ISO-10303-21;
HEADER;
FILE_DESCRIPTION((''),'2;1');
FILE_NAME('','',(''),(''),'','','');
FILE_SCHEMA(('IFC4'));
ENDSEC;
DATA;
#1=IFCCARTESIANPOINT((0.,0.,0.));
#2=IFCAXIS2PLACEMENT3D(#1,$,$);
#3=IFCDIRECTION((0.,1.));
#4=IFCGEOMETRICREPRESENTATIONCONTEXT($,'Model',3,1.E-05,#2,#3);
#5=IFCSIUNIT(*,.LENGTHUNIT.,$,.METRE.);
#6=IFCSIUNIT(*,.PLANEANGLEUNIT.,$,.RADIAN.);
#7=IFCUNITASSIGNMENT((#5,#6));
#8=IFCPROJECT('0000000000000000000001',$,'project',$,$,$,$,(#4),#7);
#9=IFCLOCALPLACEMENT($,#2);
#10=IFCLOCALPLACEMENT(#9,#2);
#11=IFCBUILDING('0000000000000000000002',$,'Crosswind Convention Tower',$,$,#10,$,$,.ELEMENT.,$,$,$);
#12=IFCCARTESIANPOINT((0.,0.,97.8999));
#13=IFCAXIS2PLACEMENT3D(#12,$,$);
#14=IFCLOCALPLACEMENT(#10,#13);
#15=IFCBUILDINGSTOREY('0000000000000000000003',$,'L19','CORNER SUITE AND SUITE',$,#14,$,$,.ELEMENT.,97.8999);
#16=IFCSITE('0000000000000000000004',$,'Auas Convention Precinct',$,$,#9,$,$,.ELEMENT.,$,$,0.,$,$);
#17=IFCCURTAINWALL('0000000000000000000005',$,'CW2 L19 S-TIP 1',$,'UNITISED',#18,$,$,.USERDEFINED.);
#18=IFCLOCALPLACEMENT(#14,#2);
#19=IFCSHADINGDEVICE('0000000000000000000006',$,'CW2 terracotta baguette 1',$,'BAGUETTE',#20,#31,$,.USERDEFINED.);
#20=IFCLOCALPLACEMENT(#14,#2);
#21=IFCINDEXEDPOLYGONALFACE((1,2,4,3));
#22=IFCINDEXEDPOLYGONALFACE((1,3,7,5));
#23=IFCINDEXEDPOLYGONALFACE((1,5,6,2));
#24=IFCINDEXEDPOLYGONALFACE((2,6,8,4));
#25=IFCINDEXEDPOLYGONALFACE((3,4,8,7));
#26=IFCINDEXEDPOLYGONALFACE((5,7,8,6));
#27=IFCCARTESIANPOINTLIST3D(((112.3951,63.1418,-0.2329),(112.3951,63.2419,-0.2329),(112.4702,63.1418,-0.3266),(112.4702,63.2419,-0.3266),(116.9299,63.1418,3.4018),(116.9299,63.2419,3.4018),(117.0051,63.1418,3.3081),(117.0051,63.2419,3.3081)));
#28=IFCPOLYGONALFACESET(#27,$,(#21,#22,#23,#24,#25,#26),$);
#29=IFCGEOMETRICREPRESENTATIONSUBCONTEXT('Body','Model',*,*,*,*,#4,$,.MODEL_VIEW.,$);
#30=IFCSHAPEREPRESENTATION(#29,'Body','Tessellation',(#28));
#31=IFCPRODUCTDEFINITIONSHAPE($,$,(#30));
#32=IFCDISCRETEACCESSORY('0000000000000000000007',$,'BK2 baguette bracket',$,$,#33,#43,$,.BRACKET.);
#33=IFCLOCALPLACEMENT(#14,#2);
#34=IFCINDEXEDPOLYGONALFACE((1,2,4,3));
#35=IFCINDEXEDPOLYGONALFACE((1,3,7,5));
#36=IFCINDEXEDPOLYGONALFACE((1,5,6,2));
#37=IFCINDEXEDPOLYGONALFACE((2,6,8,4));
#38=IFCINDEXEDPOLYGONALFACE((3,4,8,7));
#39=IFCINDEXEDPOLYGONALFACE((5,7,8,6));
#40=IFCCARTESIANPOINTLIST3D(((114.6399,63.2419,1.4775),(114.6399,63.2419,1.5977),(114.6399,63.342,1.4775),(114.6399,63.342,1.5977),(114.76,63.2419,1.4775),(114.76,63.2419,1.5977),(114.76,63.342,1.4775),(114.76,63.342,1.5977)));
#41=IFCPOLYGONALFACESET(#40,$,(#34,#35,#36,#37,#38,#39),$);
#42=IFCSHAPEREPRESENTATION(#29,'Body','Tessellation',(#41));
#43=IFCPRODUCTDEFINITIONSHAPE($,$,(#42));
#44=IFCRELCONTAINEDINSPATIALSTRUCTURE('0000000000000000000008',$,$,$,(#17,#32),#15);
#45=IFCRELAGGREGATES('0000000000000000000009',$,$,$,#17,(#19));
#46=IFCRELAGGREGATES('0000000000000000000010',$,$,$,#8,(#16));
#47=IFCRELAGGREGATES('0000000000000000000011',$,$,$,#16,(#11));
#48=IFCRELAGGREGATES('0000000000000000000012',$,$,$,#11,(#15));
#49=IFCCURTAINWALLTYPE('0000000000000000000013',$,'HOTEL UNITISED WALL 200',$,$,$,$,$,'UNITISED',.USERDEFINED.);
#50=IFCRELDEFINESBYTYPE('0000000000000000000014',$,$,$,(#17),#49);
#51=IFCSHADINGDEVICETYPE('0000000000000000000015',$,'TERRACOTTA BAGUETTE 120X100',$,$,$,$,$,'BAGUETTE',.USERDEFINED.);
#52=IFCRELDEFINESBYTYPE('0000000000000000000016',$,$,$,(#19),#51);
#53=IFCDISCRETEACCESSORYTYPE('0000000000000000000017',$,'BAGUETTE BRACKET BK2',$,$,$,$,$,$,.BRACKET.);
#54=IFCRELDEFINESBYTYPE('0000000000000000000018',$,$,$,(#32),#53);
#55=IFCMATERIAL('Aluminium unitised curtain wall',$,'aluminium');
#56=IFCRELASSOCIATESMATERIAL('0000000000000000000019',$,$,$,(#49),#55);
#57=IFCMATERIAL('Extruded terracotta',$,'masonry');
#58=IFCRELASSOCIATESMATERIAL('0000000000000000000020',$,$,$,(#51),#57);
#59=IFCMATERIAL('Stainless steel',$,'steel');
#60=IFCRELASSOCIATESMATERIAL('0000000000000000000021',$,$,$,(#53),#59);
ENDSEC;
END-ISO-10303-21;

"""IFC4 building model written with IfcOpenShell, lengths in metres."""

from ifc_helpers import new_model, si_unit, direction, frame, origin, origin_2d, place, context, subcontext, project, spatial, rectangle, extrude, material, material_profile, profile_set, type_object, element, aggregate, save


model = new_model("IFC4")

# Units and contexts
model_context = context("Model", 3, precision=1e-05, world=origin(), true_north=direction((0.0, 1.0)))
body_context = subcontext(model_context, "Body", "Model", "MODEL_VIEW")
ifc_project = project(units=[si_unit("LENGTHUNIT", "METRE"), si_unit("PLANEANGLEUNIT", "RADIAN")], contexts=[model_context])

# Site, building, storey
site_placement = place(None, origin())
site = spatial("IfcSite", under=ifc_project, at=site_placement, Name="Auas Convention Precinct", CompositionType="ELEMENT", RefElevation=0.0)
building_placement = place(site_placement, origin())
building = spatial("IfcBuilding", under=site, at=building_placement, Name="Crosswind Convention Tower", CompositionType="ELEMENT")
storey_placement = place(building_placement, frame((0.0, 0.0, 97.8999)))
storey = spatial("IfcBuildingStorey", under=building, at=storey_placement, Name="L19", Description="CORNER SUITE AND SUITE", CompositionType="ELEMENT", Elevation=97.8999)

# Curtain wall
ifc_material_1 = material(Name="Aluminium unitised curtain wall", Category="aluminium")
curtain_wall_type = type_object("IfcCurtainWallType", Name="HOTEL UNITISED WALL 200", ElementType="UNITISED", PredefinedType="USERDEFINED", material=ifc_material_1)
curtain_wall_placement = place(storey_placement, origin())
curtain_wall = element("IfcCurtainWall", 1, at=curtain_wall_placement, inside=storey, type_object=curtain_wall_type, Name="CW2 L19 S-TIP 1", ObjectType="UNITISED", PredefinedType="USERDEFINED")

# Shading device
ifc_material_2 = material(Name="Extruded terracotta", Category="masonry")
ifc_material_profile_1 = material_profile(ifc_material_2, rectangle(XDim=0.1001, YDim=0.1201, at=origin_2d()), Name="TC 100X120")
ifc_profile_set_1 = profile_set([ifc_material_profile_1], Name="Extruded terracotta")
shading_device_type = type_object("IfcShadingDeviceType", Name="TERRACOTTA BAGUETTE 120X100", ElementType="BAGUETTE", PredefinedType="USERDEFINED", material=ifc_profile_set_1)
shading_device_placement = place(storey_placement, frame((112.4326, 63.1919, -0.2798), z_axis=(0.780295, 0.0, 0.625412), x_axis=(0.0, 1.0, 0.0)))
shading_device = element("IfcShadingDevice", 2, at=shading_device_placement, type_object=shading_device_type, Name="CW2 terracotta baguette 1", ObjectType="BAGUETTE", PredefinedType="USERDEFINED", context=body_context, shape_type="SweptSolid", body=[
    extrude(rectangle(XDim=0.1001, YDim=0.1201, at=origin_2d()), origin(), (0.0, 0.0, 1.0), 5.8118),
])
aggregate(curtain_wall, [shading_device])

# Discrete accessory
ifc_material_3 = material(Name="Stainless steel", Category="steel")
discrete_accessory_type = type_object("IfcDiscreteAccessoryType", Name="BAGUETTE BRACKET BK2", PredefinedType="BRACKET", material=ifc_material_3)
discrete_accessory_placement = place(storey_placement, frame((114.7, 63.292, 1.4775), z_axis=(0.0, 0.0, 1.0), x_axis=(1.0, 0.0, 0.0)))
element("IfcDiscreteAccessory", 3, at=discrete_accessory_placement, inside=storey, type_object=discrete_accessory_type, Name="BK2 baguette bracket", PredefinedType="BRACKET", context=body_context, shape_type="SweptSolid", body=[
    extrude(rectangle(XDim=0.1201, YDim=0.1001, at=origin_2d()), origin(), (0.0, 0.0, 1.0), 0.1201),
])

save(model, "model.ifc")
